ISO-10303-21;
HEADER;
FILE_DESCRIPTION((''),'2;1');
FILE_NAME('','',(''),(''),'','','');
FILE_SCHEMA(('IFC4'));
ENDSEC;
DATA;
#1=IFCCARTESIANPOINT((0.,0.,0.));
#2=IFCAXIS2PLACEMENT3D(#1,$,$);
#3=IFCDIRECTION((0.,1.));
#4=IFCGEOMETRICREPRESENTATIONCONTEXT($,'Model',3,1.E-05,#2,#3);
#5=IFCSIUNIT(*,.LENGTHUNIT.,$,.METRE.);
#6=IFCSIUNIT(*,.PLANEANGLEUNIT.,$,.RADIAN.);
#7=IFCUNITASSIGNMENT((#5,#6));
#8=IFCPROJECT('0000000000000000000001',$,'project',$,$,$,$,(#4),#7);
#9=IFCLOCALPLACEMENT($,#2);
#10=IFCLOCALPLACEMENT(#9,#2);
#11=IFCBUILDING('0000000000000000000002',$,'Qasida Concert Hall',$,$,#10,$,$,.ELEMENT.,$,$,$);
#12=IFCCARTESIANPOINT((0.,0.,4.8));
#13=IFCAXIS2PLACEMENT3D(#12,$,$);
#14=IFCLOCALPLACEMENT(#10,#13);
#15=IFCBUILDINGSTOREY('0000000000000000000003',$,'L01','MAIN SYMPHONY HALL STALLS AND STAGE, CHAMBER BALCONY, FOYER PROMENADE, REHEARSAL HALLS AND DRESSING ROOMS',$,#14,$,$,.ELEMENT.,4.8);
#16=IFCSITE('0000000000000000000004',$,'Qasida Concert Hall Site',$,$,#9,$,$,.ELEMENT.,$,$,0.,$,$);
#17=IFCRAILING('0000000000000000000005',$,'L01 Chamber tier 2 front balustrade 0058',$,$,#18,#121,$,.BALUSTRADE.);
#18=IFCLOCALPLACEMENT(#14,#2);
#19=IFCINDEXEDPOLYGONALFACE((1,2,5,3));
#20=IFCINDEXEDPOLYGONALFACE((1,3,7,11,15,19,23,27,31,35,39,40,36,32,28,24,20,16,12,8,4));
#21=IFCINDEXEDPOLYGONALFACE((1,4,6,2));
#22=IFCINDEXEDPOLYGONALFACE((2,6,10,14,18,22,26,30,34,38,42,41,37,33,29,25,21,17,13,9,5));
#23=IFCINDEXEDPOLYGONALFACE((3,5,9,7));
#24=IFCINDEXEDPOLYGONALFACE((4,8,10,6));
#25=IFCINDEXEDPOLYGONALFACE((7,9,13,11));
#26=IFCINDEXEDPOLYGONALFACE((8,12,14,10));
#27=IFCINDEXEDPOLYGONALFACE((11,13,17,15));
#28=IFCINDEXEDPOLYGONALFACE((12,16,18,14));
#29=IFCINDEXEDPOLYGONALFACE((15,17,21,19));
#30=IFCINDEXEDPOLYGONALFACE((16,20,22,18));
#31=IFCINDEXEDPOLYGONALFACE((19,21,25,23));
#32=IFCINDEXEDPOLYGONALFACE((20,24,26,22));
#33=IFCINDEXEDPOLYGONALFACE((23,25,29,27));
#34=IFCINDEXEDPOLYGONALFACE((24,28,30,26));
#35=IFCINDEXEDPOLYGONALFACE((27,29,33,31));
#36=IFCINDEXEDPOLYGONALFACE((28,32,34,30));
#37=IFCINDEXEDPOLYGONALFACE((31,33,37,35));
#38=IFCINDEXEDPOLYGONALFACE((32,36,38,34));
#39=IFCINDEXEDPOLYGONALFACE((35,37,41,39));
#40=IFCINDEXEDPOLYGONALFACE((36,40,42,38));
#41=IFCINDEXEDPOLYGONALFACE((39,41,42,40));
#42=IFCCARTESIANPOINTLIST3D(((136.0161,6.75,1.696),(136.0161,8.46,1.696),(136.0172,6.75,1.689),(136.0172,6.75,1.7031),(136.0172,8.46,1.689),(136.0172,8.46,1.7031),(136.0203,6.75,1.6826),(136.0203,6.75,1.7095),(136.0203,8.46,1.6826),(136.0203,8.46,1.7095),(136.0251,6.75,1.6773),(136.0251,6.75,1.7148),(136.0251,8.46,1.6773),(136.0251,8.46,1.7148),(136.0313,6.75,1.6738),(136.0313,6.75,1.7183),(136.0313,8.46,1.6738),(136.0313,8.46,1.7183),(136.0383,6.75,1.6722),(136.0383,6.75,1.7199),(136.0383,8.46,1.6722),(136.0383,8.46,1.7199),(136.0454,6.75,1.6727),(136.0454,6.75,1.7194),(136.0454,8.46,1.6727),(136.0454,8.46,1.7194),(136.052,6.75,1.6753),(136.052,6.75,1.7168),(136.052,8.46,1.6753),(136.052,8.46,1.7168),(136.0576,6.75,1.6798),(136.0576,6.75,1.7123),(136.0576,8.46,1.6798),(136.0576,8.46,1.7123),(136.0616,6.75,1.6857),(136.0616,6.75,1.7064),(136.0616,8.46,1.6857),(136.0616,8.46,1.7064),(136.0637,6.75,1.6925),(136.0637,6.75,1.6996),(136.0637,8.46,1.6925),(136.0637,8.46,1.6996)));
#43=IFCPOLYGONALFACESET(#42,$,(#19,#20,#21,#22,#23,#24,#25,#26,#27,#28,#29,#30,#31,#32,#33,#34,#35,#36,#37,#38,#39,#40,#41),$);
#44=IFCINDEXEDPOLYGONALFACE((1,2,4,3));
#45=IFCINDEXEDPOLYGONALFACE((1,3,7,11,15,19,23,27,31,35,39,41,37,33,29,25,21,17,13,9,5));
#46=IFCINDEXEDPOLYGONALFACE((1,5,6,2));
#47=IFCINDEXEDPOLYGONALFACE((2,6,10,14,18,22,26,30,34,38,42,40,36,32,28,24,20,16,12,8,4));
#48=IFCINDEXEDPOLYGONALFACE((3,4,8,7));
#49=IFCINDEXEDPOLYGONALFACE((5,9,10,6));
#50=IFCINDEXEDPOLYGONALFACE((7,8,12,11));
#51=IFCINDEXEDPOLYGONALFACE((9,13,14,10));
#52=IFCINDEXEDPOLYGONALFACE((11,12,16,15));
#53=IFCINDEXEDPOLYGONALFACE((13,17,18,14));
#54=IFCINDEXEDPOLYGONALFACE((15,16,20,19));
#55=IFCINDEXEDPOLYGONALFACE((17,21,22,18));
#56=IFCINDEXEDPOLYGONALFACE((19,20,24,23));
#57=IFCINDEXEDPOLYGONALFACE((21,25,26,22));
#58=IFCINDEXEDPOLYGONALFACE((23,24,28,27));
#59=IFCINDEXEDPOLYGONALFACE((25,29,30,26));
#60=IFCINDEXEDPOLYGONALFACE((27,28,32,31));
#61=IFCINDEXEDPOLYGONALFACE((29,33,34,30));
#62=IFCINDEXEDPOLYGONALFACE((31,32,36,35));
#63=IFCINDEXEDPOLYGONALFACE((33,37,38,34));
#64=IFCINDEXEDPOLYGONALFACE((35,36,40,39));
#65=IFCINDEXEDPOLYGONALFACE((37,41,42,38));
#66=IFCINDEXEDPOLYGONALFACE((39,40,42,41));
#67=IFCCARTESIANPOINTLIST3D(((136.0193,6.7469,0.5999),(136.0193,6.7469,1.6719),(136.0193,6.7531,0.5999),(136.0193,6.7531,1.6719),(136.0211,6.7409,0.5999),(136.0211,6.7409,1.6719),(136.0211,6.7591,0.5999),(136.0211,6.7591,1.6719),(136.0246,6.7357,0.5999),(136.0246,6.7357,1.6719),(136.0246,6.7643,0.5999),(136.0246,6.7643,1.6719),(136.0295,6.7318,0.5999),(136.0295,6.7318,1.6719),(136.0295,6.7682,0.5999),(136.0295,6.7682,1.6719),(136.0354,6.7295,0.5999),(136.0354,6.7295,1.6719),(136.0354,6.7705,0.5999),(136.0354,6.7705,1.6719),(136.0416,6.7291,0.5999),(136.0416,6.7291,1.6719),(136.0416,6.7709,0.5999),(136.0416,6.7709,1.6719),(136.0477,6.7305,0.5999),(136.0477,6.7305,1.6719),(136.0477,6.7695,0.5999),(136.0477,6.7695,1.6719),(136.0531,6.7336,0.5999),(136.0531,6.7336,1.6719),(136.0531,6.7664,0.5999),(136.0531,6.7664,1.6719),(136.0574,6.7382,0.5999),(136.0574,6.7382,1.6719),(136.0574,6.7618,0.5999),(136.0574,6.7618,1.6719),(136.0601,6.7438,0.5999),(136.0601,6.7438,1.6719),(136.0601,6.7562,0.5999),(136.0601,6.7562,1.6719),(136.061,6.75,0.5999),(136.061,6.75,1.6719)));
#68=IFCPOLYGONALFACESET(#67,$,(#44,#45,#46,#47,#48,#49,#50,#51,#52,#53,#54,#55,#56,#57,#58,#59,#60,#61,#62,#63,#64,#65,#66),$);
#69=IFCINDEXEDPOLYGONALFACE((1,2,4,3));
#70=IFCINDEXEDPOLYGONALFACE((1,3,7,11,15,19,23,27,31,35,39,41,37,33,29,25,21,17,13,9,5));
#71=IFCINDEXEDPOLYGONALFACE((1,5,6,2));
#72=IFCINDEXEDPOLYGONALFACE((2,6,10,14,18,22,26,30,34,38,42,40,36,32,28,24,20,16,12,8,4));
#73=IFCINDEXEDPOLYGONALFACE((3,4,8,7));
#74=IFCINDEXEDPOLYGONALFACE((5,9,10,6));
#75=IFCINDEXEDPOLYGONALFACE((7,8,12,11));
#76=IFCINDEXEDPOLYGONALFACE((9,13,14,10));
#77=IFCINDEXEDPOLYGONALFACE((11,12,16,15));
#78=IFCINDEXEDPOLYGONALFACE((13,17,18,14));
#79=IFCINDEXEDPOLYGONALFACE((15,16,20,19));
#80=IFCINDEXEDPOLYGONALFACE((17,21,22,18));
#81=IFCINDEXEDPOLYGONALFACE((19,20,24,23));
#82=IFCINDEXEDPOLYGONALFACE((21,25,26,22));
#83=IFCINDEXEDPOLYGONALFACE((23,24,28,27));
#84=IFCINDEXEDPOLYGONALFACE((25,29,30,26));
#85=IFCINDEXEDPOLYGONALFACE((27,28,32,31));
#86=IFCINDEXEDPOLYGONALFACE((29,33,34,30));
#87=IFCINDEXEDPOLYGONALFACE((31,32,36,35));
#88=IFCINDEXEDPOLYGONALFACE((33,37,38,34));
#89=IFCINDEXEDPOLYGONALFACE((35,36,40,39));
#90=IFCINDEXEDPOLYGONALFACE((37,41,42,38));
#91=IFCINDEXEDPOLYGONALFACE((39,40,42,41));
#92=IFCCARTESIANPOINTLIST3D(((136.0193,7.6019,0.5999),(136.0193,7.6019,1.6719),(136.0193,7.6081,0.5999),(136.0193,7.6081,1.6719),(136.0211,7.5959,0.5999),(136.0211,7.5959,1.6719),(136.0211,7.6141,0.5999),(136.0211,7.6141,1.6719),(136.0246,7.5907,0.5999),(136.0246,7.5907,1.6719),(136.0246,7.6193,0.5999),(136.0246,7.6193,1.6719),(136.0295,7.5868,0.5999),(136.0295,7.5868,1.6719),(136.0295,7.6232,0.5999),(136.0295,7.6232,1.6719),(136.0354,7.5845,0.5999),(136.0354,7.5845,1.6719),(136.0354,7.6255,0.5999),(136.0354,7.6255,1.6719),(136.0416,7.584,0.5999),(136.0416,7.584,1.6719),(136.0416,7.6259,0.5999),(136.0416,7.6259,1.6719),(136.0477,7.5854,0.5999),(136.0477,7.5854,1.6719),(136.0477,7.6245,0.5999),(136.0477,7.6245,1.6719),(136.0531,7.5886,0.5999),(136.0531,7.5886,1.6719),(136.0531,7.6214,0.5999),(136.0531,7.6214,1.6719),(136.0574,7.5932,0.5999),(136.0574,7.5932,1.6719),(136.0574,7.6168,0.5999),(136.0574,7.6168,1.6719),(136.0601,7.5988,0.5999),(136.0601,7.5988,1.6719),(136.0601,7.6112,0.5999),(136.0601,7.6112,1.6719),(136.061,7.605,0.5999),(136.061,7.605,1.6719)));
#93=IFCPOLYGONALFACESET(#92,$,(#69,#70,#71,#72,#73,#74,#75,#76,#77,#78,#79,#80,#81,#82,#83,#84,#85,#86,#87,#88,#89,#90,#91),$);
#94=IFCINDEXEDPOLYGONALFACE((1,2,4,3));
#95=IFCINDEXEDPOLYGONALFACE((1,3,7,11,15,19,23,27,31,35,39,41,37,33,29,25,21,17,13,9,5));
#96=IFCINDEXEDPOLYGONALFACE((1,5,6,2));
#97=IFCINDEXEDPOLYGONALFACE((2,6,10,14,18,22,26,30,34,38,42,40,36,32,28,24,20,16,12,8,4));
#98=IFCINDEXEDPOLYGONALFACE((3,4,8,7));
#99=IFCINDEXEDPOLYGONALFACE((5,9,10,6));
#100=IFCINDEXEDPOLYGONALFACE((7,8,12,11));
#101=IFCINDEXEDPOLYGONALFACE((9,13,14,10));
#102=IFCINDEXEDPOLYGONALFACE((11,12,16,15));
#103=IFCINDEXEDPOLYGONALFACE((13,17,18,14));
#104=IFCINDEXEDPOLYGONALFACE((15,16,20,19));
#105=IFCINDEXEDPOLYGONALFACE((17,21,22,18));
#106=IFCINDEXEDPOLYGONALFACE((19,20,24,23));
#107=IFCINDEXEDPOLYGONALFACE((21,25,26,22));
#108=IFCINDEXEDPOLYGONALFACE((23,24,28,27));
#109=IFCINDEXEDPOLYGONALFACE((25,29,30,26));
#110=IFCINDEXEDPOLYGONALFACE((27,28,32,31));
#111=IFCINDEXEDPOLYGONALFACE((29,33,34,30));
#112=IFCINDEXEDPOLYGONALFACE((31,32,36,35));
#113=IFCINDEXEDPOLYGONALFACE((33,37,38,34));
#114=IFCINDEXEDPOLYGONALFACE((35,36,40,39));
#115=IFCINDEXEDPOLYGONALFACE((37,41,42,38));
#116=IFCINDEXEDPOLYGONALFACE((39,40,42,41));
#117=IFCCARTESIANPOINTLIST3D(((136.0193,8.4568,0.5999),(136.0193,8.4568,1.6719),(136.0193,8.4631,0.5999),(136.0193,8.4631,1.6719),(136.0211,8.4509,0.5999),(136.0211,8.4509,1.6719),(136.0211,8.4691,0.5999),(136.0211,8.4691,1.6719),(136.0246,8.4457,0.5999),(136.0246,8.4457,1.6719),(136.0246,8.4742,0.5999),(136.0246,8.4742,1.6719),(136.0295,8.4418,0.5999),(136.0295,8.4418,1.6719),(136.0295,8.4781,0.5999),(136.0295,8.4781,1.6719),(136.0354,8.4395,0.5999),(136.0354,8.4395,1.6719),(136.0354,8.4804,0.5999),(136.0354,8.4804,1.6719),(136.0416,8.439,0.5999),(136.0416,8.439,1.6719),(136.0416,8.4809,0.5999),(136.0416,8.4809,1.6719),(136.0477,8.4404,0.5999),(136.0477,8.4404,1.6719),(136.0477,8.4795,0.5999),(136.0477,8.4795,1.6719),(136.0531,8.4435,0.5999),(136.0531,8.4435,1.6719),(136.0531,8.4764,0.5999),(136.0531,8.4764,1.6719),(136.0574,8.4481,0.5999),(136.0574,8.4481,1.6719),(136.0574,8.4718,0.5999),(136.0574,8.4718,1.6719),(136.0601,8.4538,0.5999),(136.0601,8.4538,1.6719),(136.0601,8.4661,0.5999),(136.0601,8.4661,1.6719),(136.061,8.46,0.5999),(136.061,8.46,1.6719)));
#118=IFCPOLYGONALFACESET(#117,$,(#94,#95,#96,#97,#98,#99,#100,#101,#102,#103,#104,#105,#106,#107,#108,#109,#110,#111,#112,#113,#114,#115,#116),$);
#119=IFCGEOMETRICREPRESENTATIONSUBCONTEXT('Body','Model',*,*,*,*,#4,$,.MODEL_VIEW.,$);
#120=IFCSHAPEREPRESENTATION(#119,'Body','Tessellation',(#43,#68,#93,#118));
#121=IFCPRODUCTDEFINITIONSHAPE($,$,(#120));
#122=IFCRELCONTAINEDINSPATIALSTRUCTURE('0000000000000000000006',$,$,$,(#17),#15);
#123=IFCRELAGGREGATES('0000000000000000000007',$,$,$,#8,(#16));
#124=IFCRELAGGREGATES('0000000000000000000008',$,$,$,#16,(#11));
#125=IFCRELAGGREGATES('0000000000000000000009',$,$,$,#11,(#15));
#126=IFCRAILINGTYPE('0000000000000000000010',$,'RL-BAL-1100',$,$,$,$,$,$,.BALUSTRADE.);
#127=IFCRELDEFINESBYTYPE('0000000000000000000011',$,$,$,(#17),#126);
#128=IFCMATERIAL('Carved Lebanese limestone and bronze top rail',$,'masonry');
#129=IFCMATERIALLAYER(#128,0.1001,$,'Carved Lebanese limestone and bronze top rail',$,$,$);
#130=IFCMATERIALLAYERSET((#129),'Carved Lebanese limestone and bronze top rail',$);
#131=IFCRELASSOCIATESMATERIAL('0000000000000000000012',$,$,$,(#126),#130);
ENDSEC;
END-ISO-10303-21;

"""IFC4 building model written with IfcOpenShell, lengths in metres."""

from ifc_helpers import new_model, si_unit, direction, frame, origin, origin_2d, place, context, subcontext, project, spatial, circle, extrude, material, layer, layer_set, type_object, element, save


model = new_model("IFC4")

# Units and contexts
model_context = context("Model", 3, precision=1e-05, world=origin(), true_north=direction((0.0, 1.0)))
body_context = subcontext(model_context, "Body", "Model", "MODEL_VIEW")
ifc_project = project(units=[si_unit("LENGTHUNIT", "METRE"), si_unit("PLANEANGLEUNIT", "RADIAN")], contexts=[model_context])

# Site, building, storey
site_placement = place(None, origin())
site = spatial("IfcSite", under=ifc_project, at=site_placement, Name="Qasida Concert Hall Site", CompositionType="ELEMENT", RefElevation=0.0)
building_placement = place(site_placement, origin())
building = spatial("IfcBuilding", under=site, at=building_placement, Name="Qasida Concert Hall", CompositionType="ELEMENT")
storey_placement = place(building_placement, frame((0.0, 0.0, 4.8)))
storey = spatial("IfcBuildingStorey", under=building, at=storey_placement, Name="L01", Description="MAIN SYMPHONY HALL STALLS AND STAGE, CHAMBER BALCONY, FOYER PROMENADE, REHEARSAL HALLS AND DRESSING ROOMS", CompositionType="ELEMENT", Elevation=4.8)

# Railing
ifc_material_1 = material(Name="Carved Lebanese limestone and bronze top rail", Category="masonry")
ifc_layer_1 = layer(ifc_material_1, 0.1001, Name="Carved Lebanese limestone and bronze top rail")
ifc_layer_set_1 = layer_set([ifc_layer_1], Name="Carved Lebanese limestone and bronze top rail")
railing_type_1 = type_object("IfcRailingType", Name="RL-BAL-1100", PredefinedType="BALUSTRADE", material=ifc_layer_set_1)
railing_1_placement = place(storey_placement, frame((136.04, 6.75, 0.5999)))
element("IfcRailing", 1, at=railing_1_placement, inside=storey, type_object=railing_type_1, Name="L01 Chamber tier 2 front balustrade 0058", PredefinedType="BALUSTRADE", context=body_context, shape_type="SweptSolid", body=[
    extrude(circle(Radius=0.0239, at=origin_2d()), frame((0.0, 0.0, 1.0962), z_axis=(0.0, 1.0, 0.0), x_axis=(-1.0, 0.0, 0.0)), (0.0, 0.0, 1.0), 1.71),
    extrude(circle(Radius=0.021, at=origin_2d()), origin(), (0.0, 0.0, 1.0), 1.072),
    extrude(circle(Radius=0.021, at=origin_2d()), frame((0.0, 0.855, 0.0)), (0.0, 0.0, 1.0), 1.072),
    extrude(circle(Radius=0.021, at=origin_2d()), frame((0.0, 1.71, 0.0)), (0.0, 0.0, 1.0), 1.072),
])

save(model, "model.ifc")
